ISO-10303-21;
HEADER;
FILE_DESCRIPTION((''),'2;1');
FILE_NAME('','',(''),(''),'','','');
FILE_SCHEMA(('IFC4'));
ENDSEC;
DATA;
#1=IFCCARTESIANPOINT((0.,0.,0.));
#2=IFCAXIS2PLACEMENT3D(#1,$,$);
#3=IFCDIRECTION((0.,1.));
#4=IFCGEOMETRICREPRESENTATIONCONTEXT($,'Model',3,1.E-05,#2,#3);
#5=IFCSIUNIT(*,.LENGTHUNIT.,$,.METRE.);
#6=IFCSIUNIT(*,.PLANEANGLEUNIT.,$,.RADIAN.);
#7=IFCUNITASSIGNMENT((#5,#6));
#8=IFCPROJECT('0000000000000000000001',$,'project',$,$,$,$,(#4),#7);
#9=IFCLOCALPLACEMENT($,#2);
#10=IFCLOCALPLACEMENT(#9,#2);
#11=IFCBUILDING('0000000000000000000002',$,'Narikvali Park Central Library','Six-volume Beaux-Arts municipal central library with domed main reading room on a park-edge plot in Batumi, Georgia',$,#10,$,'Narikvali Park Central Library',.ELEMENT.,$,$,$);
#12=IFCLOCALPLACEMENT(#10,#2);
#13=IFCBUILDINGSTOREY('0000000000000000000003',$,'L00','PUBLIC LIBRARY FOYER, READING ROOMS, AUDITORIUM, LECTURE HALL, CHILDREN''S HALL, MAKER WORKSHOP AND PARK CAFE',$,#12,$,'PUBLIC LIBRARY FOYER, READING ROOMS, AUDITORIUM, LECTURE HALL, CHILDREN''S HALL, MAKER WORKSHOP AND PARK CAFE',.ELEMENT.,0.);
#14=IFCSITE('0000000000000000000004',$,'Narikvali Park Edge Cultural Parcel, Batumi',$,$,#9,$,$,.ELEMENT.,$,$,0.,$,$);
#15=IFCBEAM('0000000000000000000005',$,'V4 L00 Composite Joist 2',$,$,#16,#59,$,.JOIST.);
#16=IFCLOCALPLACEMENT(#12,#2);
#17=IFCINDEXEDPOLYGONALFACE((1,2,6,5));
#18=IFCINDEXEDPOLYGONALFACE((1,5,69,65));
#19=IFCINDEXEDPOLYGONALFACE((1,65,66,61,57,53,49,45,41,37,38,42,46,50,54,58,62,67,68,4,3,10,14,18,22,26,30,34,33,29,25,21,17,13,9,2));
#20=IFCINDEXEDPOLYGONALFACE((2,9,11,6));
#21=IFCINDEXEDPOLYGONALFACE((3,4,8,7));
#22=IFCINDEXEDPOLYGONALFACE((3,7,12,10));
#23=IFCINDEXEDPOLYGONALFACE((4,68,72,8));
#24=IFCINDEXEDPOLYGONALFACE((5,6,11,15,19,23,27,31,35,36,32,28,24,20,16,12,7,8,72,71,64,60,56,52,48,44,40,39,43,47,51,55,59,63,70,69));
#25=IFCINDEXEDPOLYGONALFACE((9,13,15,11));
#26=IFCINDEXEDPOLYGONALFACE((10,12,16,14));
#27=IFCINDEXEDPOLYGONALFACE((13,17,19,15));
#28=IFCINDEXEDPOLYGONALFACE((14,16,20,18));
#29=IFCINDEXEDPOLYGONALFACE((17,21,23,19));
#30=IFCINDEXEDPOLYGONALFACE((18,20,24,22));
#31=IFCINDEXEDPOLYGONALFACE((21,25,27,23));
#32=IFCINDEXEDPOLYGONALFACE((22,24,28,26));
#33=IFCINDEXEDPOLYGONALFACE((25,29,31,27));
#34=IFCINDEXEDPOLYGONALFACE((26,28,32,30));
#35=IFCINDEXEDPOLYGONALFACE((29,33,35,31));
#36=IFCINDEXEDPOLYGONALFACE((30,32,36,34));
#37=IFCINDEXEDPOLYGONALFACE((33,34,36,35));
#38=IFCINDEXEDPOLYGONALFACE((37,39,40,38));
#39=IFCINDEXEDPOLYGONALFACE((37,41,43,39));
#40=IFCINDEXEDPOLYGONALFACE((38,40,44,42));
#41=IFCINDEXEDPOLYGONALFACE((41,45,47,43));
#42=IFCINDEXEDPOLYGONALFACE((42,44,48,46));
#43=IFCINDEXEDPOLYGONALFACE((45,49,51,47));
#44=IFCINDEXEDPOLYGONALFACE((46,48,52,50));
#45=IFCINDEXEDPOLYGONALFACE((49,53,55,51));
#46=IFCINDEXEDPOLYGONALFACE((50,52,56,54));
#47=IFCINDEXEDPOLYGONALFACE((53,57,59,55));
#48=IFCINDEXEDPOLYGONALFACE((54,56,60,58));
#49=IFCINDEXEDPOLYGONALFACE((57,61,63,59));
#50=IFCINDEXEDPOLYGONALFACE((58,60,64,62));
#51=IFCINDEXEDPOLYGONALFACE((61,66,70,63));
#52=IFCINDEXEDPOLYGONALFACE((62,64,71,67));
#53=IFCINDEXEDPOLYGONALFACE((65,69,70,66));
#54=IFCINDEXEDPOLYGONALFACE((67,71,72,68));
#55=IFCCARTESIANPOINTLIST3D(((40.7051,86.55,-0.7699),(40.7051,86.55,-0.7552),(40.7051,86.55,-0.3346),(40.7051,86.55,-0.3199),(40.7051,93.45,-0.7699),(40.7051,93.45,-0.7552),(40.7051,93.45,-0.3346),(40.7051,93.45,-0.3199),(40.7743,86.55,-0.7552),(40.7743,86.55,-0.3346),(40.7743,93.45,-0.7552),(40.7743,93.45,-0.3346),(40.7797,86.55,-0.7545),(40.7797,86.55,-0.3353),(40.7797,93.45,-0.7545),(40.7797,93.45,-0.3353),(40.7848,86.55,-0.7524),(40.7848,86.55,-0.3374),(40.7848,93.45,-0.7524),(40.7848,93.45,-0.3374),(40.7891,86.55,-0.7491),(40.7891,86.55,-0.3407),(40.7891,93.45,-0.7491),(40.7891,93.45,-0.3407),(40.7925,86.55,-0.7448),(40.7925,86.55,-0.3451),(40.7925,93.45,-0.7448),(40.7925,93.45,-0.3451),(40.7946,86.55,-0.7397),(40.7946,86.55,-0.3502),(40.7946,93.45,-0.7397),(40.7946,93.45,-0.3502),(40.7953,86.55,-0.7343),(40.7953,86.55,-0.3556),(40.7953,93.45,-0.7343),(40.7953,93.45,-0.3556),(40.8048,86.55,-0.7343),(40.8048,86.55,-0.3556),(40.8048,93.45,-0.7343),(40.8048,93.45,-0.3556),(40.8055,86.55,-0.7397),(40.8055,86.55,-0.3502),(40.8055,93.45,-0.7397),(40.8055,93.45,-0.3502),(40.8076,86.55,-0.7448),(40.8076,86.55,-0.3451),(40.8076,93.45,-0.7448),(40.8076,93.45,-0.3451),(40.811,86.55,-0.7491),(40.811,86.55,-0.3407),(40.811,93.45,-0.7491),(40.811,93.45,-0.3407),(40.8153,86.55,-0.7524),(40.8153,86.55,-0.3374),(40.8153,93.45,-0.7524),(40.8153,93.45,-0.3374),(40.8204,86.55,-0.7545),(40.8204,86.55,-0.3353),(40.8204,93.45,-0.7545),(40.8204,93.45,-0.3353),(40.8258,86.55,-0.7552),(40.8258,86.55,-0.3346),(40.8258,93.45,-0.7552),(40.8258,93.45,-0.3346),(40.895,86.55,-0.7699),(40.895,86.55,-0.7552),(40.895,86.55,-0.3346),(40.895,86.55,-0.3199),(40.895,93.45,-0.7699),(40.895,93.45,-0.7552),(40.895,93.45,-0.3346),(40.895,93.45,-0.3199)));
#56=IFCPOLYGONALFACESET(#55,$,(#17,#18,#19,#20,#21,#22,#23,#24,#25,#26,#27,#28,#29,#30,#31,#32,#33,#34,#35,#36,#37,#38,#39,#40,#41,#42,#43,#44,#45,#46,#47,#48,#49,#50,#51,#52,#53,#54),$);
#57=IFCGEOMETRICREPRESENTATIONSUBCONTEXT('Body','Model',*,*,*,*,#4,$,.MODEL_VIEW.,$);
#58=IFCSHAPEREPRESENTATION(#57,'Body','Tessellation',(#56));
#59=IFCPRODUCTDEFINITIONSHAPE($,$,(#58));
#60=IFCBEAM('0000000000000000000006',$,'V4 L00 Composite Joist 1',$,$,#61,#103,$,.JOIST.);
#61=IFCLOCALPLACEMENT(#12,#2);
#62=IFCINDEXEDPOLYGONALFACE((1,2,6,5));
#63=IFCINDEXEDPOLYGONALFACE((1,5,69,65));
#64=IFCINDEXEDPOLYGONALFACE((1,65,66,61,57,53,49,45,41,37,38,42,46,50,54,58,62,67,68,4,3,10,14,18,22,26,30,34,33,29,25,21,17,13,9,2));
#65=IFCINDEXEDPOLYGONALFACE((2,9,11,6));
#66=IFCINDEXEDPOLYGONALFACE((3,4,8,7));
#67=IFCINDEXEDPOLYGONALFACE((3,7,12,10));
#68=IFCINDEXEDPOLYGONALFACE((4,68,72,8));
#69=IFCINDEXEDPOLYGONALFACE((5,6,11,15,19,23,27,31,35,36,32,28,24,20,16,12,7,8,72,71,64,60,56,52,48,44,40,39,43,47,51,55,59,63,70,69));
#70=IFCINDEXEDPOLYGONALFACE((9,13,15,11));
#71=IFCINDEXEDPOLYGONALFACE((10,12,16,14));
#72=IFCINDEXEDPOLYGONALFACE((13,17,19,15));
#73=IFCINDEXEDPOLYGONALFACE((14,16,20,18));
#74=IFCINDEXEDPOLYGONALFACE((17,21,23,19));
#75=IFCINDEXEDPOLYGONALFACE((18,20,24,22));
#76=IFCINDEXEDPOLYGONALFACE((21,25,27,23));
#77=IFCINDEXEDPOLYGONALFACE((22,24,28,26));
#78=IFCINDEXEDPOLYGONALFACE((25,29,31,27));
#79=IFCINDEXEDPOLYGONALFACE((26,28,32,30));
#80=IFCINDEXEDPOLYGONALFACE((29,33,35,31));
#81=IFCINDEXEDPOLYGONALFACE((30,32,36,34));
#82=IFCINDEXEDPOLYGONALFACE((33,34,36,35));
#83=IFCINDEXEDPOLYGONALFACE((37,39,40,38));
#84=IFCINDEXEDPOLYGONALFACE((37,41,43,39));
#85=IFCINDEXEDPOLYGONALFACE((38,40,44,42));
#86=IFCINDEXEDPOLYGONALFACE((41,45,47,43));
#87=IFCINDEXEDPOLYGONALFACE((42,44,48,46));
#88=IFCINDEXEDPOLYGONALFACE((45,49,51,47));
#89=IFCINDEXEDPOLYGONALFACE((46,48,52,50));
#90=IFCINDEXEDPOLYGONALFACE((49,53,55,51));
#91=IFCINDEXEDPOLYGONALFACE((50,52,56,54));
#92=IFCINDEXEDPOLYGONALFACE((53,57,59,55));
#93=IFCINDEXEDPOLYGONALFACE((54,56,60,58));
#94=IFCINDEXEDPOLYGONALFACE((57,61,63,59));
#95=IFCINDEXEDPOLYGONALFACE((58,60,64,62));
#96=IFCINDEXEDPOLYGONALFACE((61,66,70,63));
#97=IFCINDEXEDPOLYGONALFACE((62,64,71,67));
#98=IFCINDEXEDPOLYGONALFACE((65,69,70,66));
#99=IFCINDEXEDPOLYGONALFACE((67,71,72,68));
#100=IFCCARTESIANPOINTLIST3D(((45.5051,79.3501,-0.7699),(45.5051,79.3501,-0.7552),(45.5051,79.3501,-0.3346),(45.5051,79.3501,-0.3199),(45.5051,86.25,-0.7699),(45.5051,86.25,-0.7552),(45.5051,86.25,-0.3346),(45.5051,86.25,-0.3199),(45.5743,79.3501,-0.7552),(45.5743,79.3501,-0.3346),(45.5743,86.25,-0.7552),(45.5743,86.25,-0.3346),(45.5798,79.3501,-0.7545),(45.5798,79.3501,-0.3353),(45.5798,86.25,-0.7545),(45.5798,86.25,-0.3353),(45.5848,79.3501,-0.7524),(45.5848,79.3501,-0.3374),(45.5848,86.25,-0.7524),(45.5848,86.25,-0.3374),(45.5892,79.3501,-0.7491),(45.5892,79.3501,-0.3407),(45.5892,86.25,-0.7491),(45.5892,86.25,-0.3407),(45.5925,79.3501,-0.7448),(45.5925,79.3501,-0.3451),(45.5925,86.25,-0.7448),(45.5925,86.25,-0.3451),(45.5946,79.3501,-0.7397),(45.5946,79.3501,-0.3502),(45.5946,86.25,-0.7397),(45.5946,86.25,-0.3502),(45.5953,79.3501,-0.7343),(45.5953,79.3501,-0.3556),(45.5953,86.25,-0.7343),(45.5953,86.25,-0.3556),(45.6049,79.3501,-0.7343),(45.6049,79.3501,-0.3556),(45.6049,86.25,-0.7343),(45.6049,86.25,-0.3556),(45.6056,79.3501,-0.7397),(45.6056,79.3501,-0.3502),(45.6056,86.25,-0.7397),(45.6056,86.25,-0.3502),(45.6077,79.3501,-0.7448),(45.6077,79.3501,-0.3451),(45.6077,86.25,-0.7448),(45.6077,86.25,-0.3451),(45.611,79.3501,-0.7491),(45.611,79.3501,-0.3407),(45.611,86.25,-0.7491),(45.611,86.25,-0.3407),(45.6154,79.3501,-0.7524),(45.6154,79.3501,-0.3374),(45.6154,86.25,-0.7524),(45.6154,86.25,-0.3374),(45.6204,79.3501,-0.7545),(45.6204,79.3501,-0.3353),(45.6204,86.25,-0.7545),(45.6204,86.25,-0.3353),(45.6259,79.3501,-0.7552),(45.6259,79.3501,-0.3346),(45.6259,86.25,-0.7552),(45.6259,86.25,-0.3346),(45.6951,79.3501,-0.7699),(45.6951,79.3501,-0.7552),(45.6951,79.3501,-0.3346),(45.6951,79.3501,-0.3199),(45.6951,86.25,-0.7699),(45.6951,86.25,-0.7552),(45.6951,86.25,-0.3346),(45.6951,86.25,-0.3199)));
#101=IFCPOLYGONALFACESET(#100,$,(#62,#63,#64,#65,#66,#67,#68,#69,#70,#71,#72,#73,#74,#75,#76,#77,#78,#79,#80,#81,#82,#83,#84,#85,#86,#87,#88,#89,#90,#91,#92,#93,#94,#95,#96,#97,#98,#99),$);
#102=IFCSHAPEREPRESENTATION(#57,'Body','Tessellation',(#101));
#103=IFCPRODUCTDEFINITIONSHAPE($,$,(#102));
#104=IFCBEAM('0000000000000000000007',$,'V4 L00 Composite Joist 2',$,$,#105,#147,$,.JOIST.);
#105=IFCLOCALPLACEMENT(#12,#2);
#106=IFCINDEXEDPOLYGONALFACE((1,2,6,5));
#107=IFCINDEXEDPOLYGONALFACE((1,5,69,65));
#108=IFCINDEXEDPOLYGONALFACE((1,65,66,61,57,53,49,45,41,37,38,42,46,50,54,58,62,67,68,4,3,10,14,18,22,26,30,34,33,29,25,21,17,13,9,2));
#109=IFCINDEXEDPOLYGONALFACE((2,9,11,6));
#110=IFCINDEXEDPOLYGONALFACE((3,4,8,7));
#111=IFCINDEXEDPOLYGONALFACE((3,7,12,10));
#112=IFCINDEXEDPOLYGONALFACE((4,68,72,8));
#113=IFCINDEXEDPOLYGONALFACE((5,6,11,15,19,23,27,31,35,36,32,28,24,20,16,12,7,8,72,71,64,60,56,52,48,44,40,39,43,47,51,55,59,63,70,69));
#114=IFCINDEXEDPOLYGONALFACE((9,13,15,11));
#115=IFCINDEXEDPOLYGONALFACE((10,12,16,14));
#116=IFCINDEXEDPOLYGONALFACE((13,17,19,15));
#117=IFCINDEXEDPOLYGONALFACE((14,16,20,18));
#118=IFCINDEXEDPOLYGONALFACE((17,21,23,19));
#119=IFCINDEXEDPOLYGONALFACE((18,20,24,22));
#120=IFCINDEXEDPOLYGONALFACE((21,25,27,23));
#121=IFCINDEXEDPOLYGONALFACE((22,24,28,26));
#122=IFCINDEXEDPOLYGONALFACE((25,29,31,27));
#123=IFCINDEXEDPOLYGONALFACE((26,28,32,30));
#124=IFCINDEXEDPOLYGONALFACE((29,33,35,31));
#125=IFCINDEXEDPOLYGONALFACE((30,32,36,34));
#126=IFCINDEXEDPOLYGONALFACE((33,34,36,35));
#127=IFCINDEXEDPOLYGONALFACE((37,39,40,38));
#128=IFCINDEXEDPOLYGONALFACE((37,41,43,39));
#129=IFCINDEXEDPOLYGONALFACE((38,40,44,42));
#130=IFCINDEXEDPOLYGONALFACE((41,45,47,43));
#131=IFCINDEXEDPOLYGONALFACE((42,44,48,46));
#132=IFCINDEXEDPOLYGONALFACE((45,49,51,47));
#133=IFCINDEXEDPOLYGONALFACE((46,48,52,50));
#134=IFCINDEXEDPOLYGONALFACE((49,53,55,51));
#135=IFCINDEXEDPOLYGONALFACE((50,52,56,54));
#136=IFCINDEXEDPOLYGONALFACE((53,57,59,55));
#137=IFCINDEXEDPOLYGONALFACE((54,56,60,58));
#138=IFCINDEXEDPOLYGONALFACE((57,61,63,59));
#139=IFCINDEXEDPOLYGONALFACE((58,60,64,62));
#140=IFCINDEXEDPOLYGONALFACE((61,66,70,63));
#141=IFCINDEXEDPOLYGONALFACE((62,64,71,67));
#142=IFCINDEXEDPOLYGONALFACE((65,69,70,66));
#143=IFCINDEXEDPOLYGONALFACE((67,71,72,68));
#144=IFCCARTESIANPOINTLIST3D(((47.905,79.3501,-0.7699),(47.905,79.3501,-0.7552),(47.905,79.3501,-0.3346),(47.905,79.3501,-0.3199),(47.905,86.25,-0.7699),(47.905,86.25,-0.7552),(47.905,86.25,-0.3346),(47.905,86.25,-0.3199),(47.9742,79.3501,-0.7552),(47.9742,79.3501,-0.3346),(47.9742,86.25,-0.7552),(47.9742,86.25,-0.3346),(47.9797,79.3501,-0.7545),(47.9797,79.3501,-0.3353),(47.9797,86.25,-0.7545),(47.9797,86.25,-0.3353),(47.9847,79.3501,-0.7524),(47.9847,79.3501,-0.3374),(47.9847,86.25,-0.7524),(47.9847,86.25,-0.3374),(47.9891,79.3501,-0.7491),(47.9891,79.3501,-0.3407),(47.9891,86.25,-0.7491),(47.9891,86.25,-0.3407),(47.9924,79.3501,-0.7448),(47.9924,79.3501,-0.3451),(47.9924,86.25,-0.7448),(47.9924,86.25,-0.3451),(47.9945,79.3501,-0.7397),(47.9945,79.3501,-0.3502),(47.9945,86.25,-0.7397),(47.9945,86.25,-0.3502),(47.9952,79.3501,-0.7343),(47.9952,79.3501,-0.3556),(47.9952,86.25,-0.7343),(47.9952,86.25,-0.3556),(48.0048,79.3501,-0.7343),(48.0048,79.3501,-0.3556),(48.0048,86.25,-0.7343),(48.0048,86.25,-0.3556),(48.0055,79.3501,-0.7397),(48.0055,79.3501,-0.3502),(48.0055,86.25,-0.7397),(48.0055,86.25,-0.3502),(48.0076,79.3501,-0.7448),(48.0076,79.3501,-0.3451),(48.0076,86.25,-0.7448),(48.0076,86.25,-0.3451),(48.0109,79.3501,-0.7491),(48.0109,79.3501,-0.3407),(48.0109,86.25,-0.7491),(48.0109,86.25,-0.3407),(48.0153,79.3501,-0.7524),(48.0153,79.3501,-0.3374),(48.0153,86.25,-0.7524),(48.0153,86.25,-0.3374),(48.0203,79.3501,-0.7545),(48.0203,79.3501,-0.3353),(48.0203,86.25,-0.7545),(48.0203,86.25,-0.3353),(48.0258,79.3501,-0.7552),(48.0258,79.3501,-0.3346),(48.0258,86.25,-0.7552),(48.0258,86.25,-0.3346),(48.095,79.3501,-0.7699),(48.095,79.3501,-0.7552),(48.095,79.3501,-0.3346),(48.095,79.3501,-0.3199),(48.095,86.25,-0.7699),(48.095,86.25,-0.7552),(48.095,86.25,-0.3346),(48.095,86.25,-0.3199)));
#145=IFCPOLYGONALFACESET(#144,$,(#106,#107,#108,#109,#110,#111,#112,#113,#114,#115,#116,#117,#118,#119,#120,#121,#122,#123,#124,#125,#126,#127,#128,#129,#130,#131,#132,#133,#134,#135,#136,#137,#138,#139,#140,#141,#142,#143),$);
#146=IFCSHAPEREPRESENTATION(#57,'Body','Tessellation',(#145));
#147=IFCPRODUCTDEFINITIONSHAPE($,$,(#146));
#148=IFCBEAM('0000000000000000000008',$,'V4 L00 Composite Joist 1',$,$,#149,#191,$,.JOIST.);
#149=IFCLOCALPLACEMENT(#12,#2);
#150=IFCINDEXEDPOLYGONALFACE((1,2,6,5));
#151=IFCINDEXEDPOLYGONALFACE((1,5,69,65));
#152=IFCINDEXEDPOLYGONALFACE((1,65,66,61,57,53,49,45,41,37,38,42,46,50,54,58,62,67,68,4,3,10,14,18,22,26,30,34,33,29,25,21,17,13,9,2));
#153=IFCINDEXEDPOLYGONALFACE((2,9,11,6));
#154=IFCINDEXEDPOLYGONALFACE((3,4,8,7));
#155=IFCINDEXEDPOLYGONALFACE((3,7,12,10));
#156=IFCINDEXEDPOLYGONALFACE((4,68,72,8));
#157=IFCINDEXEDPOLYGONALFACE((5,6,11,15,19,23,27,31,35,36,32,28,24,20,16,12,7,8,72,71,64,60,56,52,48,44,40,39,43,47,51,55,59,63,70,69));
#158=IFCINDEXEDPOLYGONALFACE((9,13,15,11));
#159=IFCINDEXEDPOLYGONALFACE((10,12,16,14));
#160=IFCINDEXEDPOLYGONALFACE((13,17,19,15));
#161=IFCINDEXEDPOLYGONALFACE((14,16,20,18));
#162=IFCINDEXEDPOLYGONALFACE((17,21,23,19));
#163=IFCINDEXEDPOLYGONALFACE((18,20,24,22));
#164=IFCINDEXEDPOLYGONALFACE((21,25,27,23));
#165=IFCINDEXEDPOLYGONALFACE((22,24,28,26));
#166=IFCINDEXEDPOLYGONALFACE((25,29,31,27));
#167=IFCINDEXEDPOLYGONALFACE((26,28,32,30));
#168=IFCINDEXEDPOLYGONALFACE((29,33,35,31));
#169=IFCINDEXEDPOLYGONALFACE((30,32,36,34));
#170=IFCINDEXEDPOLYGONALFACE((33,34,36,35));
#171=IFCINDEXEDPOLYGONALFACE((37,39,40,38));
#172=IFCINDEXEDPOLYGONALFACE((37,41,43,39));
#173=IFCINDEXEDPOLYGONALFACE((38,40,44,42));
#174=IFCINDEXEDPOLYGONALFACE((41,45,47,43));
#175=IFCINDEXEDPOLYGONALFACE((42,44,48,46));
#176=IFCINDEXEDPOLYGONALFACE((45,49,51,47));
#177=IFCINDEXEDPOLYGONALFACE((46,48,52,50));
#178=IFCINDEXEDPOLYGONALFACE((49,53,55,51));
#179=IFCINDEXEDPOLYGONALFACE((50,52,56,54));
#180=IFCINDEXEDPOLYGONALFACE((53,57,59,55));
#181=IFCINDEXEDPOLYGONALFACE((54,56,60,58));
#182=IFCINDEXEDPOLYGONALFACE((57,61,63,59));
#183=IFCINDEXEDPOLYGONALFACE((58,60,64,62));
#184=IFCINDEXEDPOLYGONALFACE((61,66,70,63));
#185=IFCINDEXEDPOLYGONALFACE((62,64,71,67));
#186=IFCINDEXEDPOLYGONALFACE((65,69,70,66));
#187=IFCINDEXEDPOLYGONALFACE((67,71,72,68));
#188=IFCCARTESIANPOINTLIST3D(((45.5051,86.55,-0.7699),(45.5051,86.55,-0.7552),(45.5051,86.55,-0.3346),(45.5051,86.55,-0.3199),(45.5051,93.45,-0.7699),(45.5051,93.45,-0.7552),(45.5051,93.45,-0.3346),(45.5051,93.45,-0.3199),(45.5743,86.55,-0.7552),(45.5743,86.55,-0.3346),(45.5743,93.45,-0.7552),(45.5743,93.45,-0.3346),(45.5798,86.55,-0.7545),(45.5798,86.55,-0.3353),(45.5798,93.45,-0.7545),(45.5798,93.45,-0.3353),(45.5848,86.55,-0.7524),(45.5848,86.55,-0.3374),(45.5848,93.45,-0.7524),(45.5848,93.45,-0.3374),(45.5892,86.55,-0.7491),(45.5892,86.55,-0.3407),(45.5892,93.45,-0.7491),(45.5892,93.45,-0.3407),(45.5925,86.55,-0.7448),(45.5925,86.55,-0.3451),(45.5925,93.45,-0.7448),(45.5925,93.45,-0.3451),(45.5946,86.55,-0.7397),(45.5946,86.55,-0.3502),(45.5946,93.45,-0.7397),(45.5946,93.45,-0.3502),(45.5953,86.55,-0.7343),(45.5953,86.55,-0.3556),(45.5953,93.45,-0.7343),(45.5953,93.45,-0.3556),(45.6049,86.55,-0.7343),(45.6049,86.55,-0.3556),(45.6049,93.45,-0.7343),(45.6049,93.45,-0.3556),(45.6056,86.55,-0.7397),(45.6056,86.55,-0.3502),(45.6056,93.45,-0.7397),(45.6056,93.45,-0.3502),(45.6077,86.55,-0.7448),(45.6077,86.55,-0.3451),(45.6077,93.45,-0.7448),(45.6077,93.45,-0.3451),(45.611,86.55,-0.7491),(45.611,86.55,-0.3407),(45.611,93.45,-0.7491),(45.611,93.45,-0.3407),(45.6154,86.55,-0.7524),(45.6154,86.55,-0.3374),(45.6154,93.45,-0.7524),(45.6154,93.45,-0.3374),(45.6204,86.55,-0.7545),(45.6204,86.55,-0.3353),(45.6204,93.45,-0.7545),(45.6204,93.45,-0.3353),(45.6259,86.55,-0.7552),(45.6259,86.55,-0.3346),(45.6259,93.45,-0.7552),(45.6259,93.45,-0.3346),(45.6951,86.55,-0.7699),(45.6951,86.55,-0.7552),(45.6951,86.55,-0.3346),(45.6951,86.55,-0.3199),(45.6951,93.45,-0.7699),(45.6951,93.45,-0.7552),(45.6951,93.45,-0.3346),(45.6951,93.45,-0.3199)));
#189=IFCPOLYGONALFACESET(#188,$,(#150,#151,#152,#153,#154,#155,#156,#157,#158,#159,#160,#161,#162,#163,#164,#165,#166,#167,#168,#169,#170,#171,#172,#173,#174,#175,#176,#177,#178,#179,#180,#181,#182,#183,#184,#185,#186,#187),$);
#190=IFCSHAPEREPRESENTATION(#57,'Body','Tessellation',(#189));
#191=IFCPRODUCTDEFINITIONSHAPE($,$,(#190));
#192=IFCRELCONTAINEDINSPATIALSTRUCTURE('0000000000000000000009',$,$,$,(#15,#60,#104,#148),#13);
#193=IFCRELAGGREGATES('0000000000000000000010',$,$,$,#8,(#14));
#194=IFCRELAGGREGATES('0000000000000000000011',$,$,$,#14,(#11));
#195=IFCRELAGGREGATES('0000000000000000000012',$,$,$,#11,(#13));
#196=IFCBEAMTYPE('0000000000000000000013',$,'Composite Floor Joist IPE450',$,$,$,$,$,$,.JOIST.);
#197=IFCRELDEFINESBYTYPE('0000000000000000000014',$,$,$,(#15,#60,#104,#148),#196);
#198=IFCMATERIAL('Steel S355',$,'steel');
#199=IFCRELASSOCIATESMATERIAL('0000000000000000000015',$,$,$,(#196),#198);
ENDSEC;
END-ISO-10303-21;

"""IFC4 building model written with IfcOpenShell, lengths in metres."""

from ifc_helpers import new_model, si_unit, direction, frame, origin, origin_2d, place, context, subcontext, project, spatial, i_section, extrude, material, material_profile, profile_set, type_object, element, save


model = new_model("IFC4")

# Units and contexts
model_context = context("Model", 3, precision=1e-05, world=origin(), true_north=direction((0.0, 1.0)))
body_context = subcontext(model_context, "Body", "Model", "MODEL_VIEW")
ifc_project = project(units=[si_unit("LENGTHUNIT", "METRE"), si_unit("PLANEANGLEUNIT", "RADIAN")], contexts=[model_context])

# Site, building, storey
site_placement = place(None, origin())
site = spatial("IfcSite", under=ifc_project, at=site_placement, Name="Narikvali Park Edge Cultural Parcel, Batumi", CompositionType="ELEMENT", RefElevation=0.0)
building_placement = place(site_placement, origin())
building = spatial("IfcBuilding", under=site, at=building_placement, Name="Narikvali Park Central Library", Description="Six-volume Beaux-Arts municipal central library with domed main reading room on a park-edge plot in Batumi, Georgia", LongName="Narikvali Park Central Library", CompositionType="ELEMENT")
storey_placement = place(building_placement, origin())
storey = spatial("IfcBuildingStorey", under=building, at=storey_placement, Name="L00", Description="PUBLIC LIBRARY FOYER, READING ROOMS, AUDITORIUM, LECTURE HALL, CHILDREN'S HALL, MAKER WORKSHOP AND PARK CAFE", LongName="PUBLIC LIBRARY FOYER, READING ROOMS, AUDITORIUM, LECTURE HALL, CHILDREN'S HALL, MAKER WORKSHOP AND PARK CAFE", CompositionType="ELEMENT", Elevation=0.0)

# Shared definitions
ifc_material_1 = material(Name="Steel S355", Category="steel")

# Beams
ifc_material_profile_1 = material_profile(ifc_material_1, i_section(OverallWidth=0.1899, OverallDepth=0.45, WebThickness=0.0095, FlangeThickness=0.0146, FilletRadius=0.021, at=origin_2d()), Name="IPE 450")
ifc_profile_set_1 = profile_set([ifc_material_profile_1], Name="Steel S355")
beam_type_1 = type_object("IfcBeamType", Name="Composite Floor Joist IPE450", PredefinedType="JOIST", material=ifc_profile_set_1)
for number, where, z_axis, x_axis, name in (
    (1, (40.8, 86.55, -0.5449), (0.0, 1.0, 0.0), (-1.0, 0.0, 0.0), "V4 L00 Composite Joist 2"),
    (2, (45.6001, 79.3501, -0.5449), (0.0, 1.0, 0.0), (-1.0, 0.0, 0.0), "V4 L00 Composite Joist 1"),
    (3, (48.0, 79.3501, -0.5449), (0.0, 1.0, 0.0), (-1.0, 0.0, 0.0), "V4 L00 Composite Joist 2"),
    (4, (45.6001, 86.55, -0.5449), (0.0, 1.0, 0.0), (-1.0, 0.0, 0.0), "V4 L00 Composite Joist 1"),
):
    element("IfcBeam", number, at=place(storey_placement, frame(where, z_axis=z_axis, x_axis=x_axis)), inside=storey, type_object=beam_type_1, Name=name, PredefinedType="JOIST", context=body_context, shape_type="SweptSolid", body=[
        extrude(i_section(OverallWidth=0.1899, OverallDepth=0.45, WebThickness=0.0095, FlangeThickness=0.0146, FilletRadius=0.021, at=origin_2d()), origin(), (0.0, 0.0, 1.0), 6.8999),
    ])

save(model, "model.ifc")
